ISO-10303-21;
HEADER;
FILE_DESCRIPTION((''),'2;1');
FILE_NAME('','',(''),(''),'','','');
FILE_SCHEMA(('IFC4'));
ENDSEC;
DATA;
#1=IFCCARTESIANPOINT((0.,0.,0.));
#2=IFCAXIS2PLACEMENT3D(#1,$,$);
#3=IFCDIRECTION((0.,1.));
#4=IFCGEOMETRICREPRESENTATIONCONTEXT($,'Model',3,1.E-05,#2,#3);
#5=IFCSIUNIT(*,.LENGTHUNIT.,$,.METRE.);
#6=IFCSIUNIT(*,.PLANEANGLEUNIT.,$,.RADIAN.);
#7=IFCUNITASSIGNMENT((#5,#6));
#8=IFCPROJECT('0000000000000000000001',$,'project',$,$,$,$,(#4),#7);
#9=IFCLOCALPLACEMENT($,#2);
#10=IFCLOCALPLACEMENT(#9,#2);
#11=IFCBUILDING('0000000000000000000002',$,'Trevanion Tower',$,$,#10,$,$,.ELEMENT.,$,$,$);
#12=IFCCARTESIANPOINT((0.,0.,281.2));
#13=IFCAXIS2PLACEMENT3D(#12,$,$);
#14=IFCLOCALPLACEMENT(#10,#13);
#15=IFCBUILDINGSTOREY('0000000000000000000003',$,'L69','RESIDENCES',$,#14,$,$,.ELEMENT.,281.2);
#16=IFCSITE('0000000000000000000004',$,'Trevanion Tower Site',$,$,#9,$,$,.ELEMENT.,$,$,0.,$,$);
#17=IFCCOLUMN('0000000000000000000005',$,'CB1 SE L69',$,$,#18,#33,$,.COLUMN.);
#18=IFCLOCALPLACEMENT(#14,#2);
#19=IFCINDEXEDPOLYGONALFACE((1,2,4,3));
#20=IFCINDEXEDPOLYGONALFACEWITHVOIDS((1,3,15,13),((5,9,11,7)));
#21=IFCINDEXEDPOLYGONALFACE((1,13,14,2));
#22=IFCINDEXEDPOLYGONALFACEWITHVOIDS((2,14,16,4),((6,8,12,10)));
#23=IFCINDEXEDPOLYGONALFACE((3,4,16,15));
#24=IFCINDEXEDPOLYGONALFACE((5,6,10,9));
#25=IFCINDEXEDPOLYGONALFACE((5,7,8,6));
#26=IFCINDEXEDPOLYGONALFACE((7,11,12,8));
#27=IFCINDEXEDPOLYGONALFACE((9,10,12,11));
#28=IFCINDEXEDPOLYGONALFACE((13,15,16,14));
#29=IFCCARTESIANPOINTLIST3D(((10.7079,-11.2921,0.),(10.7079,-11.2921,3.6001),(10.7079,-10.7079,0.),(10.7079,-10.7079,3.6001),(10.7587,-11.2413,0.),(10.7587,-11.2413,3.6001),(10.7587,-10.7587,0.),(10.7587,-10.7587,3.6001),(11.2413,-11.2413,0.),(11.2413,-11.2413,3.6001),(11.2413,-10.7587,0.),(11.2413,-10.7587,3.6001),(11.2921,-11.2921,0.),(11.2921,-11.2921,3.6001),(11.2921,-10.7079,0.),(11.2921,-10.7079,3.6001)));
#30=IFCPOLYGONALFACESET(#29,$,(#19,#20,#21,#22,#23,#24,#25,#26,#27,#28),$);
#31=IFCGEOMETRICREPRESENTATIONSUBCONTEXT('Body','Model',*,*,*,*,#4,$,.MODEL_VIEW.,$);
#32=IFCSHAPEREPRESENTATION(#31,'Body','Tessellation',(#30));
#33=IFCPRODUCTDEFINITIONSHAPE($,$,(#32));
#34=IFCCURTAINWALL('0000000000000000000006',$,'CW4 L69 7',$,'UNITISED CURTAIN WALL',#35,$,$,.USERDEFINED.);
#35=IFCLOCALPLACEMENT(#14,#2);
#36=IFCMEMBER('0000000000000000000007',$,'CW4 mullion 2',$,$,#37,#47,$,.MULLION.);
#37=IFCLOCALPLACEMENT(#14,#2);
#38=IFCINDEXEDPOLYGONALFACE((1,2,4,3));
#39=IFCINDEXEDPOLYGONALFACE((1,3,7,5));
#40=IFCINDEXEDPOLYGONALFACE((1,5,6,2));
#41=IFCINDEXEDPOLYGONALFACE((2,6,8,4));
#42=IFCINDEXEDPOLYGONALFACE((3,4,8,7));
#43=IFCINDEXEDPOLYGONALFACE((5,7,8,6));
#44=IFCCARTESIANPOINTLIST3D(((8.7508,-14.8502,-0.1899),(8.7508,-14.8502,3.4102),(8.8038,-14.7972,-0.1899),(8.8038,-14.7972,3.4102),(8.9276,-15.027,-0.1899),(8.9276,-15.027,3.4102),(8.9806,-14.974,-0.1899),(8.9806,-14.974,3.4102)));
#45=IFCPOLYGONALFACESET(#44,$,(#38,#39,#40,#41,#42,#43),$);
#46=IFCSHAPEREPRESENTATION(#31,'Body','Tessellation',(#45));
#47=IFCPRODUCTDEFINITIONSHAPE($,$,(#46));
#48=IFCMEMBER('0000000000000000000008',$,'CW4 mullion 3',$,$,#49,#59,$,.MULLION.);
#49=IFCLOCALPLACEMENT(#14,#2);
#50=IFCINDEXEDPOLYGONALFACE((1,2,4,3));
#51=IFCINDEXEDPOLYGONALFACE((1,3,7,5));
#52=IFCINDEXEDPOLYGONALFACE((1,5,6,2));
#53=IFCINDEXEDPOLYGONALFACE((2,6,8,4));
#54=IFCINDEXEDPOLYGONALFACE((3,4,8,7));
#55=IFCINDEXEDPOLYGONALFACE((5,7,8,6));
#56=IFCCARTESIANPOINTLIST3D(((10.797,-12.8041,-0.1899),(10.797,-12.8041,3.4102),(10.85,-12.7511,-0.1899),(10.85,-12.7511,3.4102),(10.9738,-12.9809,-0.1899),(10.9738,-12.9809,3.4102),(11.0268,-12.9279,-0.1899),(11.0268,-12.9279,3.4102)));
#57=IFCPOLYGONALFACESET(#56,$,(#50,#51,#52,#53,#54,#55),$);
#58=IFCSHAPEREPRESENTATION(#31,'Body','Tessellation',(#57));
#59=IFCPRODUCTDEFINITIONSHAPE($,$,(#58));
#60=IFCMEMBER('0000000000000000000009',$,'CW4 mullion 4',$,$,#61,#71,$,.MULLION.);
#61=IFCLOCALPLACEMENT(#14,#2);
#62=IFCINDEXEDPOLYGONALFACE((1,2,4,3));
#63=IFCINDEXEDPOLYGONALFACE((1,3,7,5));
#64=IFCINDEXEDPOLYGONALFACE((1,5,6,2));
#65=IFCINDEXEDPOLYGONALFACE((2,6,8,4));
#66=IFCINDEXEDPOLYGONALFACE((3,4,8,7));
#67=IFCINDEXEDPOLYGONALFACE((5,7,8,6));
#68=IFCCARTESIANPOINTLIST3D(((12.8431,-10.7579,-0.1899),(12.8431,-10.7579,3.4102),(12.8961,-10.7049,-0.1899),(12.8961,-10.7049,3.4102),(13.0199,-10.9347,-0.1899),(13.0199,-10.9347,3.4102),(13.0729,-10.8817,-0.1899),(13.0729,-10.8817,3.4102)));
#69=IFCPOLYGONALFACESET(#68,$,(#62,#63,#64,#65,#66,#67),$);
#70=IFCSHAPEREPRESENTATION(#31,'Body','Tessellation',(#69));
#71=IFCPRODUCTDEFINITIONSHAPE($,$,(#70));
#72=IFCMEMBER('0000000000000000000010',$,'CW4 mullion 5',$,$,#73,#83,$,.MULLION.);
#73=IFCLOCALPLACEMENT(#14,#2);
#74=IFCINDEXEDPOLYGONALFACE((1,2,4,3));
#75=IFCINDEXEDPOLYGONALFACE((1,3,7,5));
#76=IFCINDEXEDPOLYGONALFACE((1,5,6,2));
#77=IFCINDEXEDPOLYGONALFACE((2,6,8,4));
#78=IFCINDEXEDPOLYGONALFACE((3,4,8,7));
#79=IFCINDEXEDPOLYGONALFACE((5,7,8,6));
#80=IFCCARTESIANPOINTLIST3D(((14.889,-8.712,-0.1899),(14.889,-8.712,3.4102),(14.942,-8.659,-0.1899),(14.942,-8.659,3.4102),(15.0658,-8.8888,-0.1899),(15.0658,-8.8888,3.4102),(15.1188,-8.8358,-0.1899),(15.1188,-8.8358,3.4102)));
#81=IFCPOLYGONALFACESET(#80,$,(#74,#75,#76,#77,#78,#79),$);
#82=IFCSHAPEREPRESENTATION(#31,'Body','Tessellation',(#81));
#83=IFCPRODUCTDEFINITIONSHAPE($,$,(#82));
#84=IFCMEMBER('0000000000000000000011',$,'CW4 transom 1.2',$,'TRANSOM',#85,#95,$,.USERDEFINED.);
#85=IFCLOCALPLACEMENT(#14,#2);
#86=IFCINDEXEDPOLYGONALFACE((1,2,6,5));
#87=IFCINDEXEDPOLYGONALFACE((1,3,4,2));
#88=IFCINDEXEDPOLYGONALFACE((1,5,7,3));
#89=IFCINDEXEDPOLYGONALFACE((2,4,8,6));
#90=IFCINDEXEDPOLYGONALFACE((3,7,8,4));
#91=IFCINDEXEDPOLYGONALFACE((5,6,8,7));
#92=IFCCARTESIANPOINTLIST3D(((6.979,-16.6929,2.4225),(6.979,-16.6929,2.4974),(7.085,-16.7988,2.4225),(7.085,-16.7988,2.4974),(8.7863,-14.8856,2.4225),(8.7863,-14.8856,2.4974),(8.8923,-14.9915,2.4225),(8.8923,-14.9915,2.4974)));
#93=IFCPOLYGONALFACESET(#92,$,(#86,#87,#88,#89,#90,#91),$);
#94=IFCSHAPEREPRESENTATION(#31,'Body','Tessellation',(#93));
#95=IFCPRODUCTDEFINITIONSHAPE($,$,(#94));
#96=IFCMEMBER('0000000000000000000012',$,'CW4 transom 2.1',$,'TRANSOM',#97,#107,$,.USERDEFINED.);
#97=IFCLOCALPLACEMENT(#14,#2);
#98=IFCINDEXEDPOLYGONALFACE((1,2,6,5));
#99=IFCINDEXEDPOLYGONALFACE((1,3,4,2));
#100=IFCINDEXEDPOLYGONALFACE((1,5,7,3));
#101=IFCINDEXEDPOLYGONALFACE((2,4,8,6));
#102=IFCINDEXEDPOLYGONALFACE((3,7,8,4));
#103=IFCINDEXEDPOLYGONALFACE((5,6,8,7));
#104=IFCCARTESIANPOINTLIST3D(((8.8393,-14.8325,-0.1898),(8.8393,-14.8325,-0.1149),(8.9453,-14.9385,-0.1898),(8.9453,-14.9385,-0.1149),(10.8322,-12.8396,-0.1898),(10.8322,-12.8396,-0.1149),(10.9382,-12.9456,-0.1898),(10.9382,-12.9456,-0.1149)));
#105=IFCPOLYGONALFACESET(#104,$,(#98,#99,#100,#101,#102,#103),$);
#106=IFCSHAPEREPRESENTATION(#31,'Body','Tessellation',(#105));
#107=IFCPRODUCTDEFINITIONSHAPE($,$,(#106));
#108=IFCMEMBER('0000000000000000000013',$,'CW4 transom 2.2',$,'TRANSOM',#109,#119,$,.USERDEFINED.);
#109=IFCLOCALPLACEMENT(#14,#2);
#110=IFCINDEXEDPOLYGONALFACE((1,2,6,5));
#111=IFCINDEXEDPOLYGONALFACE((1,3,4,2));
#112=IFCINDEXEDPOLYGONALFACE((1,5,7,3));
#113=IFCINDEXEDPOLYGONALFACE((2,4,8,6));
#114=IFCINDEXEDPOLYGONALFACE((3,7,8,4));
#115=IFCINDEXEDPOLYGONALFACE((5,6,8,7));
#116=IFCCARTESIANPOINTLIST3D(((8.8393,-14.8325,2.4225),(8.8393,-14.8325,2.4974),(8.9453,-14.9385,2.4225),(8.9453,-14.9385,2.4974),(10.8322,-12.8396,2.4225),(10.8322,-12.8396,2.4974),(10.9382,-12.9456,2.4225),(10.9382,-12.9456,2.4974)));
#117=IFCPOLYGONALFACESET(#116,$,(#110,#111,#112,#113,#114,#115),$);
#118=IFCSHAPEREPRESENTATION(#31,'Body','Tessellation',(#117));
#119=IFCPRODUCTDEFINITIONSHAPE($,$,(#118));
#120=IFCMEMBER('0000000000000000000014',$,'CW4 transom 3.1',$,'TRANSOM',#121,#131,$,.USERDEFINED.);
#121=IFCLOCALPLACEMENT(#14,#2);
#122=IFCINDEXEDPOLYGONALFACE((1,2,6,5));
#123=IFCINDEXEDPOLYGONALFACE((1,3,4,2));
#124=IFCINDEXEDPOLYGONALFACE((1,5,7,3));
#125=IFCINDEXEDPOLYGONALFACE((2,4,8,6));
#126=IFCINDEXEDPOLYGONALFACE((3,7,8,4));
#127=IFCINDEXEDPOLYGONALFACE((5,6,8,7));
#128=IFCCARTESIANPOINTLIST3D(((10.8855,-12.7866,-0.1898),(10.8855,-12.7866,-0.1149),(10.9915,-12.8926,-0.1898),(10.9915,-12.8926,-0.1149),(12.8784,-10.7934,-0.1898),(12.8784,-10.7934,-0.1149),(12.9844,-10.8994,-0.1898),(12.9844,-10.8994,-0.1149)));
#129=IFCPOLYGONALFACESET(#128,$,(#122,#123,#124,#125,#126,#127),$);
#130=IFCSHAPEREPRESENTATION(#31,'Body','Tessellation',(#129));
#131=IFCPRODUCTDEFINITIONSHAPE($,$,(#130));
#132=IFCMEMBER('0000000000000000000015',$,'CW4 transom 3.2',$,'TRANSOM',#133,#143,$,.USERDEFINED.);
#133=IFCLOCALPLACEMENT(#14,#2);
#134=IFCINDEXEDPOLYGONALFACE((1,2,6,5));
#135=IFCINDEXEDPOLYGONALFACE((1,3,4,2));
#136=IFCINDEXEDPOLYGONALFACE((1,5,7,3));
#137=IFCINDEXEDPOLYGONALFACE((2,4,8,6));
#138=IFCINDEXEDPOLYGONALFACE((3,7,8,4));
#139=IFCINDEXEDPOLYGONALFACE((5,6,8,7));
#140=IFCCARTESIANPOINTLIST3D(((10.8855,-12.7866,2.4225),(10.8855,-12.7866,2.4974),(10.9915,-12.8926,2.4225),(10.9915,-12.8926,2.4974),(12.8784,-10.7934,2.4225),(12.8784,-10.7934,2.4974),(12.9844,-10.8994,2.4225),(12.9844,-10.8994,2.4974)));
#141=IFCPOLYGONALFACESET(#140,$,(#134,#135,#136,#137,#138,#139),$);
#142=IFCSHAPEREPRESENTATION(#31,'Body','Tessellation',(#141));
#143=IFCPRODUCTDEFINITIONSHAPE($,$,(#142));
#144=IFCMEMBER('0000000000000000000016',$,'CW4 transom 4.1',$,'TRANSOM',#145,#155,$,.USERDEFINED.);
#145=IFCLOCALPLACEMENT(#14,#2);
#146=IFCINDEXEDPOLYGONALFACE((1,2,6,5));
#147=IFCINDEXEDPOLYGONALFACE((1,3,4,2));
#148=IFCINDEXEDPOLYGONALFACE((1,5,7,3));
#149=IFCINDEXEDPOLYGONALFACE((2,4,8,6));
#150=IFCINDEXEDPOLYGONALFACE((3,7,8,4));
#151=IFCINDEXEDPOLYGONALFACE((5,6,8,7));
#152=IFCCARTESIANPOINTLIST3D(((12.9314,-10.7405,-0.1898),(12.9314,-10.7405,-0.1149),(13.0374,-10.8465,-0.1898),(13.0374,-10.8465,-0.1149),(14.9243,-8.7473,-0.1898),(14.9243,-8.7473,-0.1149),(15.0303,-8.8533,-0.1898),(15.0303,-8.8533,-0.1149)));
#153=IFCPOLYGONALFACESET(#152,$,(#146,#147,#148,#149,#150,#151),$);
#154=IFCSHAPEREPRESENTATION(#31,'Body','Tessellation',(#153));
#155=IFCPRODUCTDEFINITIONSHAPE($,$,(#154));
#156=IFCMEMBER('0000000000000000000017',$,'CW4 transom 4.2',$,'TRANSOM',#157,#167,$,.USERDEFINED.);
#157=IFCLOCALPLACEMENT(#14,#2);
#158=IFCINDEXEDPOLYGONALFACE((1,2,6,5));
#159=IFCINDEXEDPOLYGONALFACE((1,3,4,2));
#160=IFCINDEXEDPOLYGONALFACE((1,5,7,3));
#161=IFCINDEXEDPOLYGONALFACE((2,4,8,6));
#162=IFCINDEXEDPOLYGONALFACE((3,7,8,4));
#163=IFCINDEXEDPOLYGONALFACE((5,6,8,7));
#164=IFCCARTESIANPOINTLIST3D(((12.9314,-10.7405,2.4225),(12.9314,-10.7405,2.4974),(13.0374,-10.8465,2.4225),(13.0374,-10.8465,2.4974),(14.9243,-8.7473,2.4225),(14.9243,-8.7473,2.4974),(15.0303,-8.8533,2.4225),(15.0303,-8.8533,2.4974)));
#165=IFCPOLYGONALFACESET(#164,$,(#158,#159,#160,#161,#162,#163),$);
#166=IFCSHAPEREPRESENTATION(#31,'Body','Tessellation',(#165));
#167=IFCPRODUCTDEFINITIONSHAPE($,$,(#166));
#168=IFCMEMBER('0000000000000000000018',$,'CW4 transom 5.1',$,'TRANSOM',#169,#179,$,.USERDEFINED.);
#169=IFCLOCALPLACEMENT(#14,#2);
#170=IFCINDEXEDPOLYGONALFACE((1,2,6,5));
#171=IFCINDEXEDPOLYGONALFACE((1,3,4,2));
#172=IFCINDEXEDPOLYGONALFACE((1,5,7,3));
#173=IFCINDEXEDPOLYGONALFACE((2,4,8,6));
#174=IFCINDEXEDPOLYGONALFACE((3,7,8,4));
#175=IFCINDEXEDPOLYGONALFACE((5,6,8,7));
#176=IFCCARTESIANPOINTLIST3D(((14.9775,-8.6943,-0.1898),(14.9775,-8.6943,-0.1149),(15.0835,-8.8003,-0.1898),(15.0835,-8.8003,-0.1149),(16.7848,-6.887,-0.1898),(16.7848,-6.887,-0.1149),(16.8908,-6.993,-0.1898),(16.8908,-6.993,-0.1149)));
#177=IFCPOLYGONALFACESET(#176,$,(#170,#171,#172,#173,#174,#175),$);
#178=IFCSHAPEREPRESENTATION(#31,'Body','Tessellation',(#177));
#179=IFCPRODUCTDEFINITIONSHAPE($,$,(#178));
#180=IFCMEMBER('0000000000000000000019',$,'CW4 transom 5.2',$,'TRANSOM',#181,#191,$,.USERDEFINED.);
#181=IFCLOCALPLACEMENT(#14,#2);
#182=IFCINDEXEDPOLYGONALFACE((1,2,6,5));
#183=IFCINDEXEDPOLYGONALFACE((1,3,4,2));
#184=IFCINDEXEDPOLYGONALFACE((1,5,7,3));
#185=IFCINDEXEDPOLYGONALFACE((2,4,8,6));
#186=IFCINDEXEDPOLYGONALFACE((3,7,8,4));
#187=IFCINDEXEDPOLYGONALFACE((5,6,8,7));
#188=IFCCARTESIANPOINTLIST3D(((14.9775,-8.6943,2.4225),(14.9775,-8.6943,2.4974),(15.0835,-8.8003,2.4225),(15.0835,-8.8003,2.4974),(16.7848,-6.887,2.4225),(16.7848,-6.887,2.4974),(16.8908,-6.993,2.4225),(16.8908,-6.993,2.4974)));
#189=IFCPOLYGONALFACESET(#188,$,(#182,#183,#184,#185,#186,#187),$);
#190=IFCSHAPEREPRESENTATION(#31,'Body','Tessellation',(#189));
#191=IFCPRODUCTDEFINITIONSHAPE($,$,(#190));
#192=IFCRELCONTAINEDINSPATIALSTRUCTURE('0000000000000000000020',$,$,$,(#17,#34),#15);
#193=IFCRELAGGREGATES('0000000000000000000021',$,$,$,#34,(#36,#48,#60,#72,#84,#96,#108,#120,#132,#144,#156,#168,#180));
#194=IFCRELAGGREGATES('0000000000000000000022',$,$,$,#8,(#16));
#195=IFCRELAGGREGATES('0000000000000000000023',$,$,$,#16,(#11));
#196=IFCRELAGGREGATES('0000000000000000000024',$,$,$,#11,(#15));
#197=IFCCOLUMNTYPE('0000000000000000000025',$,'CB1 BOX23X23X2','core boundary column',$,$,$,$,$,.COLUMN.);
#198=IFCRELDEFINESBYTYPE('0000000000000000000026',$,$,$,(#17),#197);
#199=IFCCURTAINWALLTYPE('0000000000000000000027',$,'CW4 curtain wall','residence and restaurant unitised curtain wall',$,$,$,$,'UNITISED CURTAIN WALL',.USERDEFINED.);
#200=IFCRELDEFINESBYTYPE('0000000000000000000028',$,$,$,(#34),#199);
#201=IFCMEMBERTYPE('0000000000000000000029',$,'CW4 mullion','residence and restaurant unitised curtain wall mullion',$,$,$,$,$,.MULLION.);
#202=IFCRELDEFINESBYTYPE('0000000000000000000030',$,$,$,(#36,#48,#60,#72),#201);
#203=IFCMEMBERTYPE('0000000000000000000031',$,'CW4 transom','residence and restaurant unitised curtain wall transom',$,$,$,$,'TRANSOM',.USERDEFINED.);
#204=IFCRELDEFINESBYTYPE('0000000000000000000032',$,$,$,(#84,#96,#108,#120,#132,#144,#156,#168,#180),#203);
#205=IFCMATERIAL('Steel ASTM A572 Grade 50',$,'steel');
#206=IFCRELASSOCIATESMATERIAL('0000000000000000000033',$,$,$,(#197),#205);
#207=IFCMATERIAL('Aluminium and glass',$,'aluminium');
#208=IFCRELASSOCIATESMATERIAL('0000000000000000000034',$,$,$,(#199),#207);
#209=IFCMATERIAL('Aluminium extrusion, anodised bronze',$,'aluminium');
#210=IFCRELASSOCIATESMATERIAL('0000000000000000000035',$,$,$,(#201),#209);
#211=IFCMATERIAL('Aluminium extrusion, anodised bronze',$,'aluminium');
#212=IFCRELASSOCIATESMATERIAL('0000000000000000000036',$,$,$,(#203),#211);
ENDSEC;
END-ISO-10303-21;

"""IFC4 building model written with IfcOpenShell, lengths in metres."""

from ifc_helpers import new_model, si_unit, direction, frame, origin, origin_2d, place, context, subcontext, project, spatial, rectangle, hollow_rectangle, extrude, material, material_profile, profile_set, type_object, element, aggregate, save


model = new_model("IFC4")

# Units and contexts
model_context = context("Model", 3, precision=1e-05, world=origin(), true_north=direction((0.0, 1.0)))
body_context = subcontext(model_context, "Body", "Model", "MODEL_VIEW")
ifc_project = project(units=[si_unit("LENGTHUNIT", "METRE"), si_unit("PLANEANGLEUNIT", "RADIAN")], contexts=[model_context])

# Site, building, storey
site_placement = place(None, origin())
site = spatial("IfcSite", under=ifc_project, at=site_placement, Name="Trevanion Tower Site", CompositionType="ELEMENT", RefElevation=0.0)
building_placement = place(site_placement, origin())
building = spatial("IfcBuilding", under=site, at=building_placement, Name="Trevanion Tower", CompositionType="ELEMENT")
storey_placement = place(building_placement, frame((0.0, 0.0, 281.2)))
storey = spatial("IfcBuildingStorey", under=building, at=storey_placement, Name="L69", Description="RESIDENCES", CompositionType="ELEMENT", Elevation=281.2)

# Column
ifc_material_1 = material(Name="Steel ASTM A572 Grade 50", Category="steel")
ifc_material_profile_1 = material_profile(ifc_material_1, hollow_rectangle(XDim=0.5842, YDim=0.5842, WallThickness=0.0508, at=origin_2d()), Name="BOX23X23X2")
ifc_profile_set_1 = profile_set([ifc_material_profile_1], Name="Steel ASTM A572 Grade 50")
column_type = type_object("IfcColumnType", Name="CB1 BOX23X23X2", Description="core boundary column", PredefinedType="COLUMN", material=ifc_profile_set_1)
column_placement = place(storey_placement, frame((11.0, -11.0, 0.0), z_axis=(0.0, 0.0, 1.0), x_axis=(1.0, 0.0, 0.0)))
element("IfcColumn", 1, at=column_placement, inside=storey, type_object=column_type, Name="CB1 SE L69", PredefinedType="COLUMN", context=body_context, shape_type="SweptSolid", body=[
    extrude(hollow_rectangle(XDim=0.5842, YDim=0.5842, WallThickness=0.0508, at=origin_2d()), origin(), (0.0, 0.0, 1.0), 3.6001),
])

# Curtain wall, members
ifc_material_2 = material(Name="Aluminium and glass", Category="aluminium")
curtain_wall_type = type_object("IfcCurtainWallType", Name="CW4 curtain wall", Description="residence and restaurant unitised curtain wall", ElementType="UNITISED CURTAIN WALL", PredefinedType="USERDEFINED", material=ifc_material_2)
curtain_wall_placement = place(storey_placement, origin())
curtain_wall = element("IfcCurtainWall", 2, at=curtain_wall_placement, inside=storey, type_object=curtain_wall_type, Name="CW4 L69 7", ObjectType="UNITISED CURTAIN WALL", PredefinedType="USERDEFINED")
ifc_material_3 = material(Name="Aluminium extrusion, anodised bronze", Category="aluminium")
ifc_material_profile_2 = material_profile(ifc_material_3, rectangle(XDim=0.075, YDim=0.25, at=origin_2d()), Name="CW4 mullion")
ifc_profile_set_2 = profile_set([ifc_material_profile_2], Name="Aluminium extrusion, anodised bronze")
member_type_1 = type_object("IfcMemberType", Name="CW4 mullion", Description="residence and restaurant unitised curtain wall mullion", PredefinedType="MULLION", material=ifc_profile_set_2)
member_1_placement = place(storey_placement, frame((8.8657, -14.9121, -0.1899), z_axis=(0.0, 0.0, 1.0), x_axis=(0.707107, 0.707107, 0.0)))
member_1 = element("IfcMember", 3, at=member_1_placement, type_object=member_type_1, Name="CW4 mullion 2", PredefinedType="MULLION", context=body_context, shape_type="SweptSolid", body=[
    extrude(rectangle(XDim=0.075, YDim=0.25, at=origin_2d()), origin(), (0.0, 0.0, 1.0), 3.6001),
])
member_2_placement = place(storey_placement, frame((10.9119, -12.866, -0.1899), z_axis=(0.0, 0.0, 1.0), x_axis=(0.707107, 0.707107, 0.0)))
member_2 = element("IfcMember", 4, at=member_2_placement, type_object=member_type_1, Name="CW4 mullion 3", PredefinedType="MULLION", context=body_context, shape_type="SweptSolid", body=[
    extrude(rectangle(XDim=0.075, YDim=0.25, at=origin_2d()), origin(), (0.0, 0.0, 1.0), 3.6001),
])
member_3_placement = place(storey_placement, frame((12.958, -10.8198, -0.1899), z_axis=(0.0, 0.0, 1.0), x_axis=(0.707107, 0.707107, 0.0)))
member_3 = element("IfcMember", 5, at=member_3_placement, type_object=member_type_1, Name="CW4 mullion 4", PredefinedType="MULLION", context=body_context, shape_type="SweptSolid", body=[
    extrude(rectangle(XDim=0.075, YDim=0.25, at=origin_2d()), origin(), (0.0, 0.0, 1.0), 3.6001),
])
member_4_placement = place(storey_placement, frame((15.0039, -8.7739, -0.1899), z_axis=(0.0, 0.0, 1.0), x_axis=(0.707107, 0.707107, 0.0)))
member_4 = element("IfcMember", 6, at=member_4_placement, type_object=member_type_1, Name="CW4 mullion 5", PredefinedType="MULLION", context=body_context, shape_type="SweptSolid", body=[
    extrude(rectangle(XDim=0.075, YDim=0.25, at=origin_2d()), origin(), (0.0, 0.0, 1.0), 3.6001),
])
ifc_material_4 = material(Name="Aluminium extrusion, anodised bronze", Category="aluminium")
ifc_material_profile_3 = material_profile(ifc_material_4, rectangle(XDim=0.1499, YDim=0.075, at=origin_2d()), Name="CW4 transom")
ifc_profile_set_3 = profile_set([ifc_material_profile_3], Name="Aluminium extrusion, anodised bronze")
member_type_2 = type_object("IfcMemberType", Name="CW4 transom", Description="residence and restaurant unitised curtain wall transom", ElementType="TRANSOM", PredefinedType="USERDEFINED", material=ifc_profile_set_3)
member_5_placement = place(storey_placement, frame((7.032, -16.7458, 2.46), z_axis=(0.707107, 0.707107, 0.0), x_axis=(-0.707107, 0.707107, 0.0)))
member_5 = element("IfcMember", 7, at=member_5_placement, type_object=member_type_2, Name="CW4 transom 1.2", ObjectType="TRANSOM", PredefinedType="USERDEFINED", context=body_context, shape_type="SweptSolid", body=[
    extrude(rectangle(XDim=0.1499, YDim=0.075, at=origin_2d()), origin(), (0.0, 0.0, 1.0), 2.5559),
])
member_6_placement = place(storey_placement, frame((8.8923, -14.8855, -0.1523), z_axis=(0.707107, 0.707107, 0.0), x_axis=(-0.707107, 0.707107, 0.0)))
member_6 = element("IfcMember", 8, at=member_6_placement, type_object=member_type_2, Name="CW4 transom 2.1", ObjectType="TRANSOM", PredefinedType="USERDEFINED", context=body_context, shape_type="SweptSolid", body=[
    extrude(rectangle(XDim=0.1499, YDim=0.075, at=origin_2d()), origin(), (0.0, 0.0, 1.0), 2.8184),
])
member_7_placement = place(storey_placement, frame((8.8923, -14.8855, 2.46), z_axis=(0.707107, 0.707107, 0.0), x_axis=(-0.707107, 0.707107, 0.0)))
member_7 = element("IfcMember", 9, at=member_7_placement, type_object=member_type_2, Name="CW4 transom 2.2", ObjectType="TRANSOM", PredefinedType="USERDEFINED", context=body_context, shape_type="SweptSolid", body=[
    extrude(rectangle(XDim=0.1499, YDim=0.075, at=origin_2d()), origin(), (0.0, 0.0, 1.0), 2.8184),
])
member_8_placement = place(storey_placement, frame((10.9385, -12.8396, -0.1523), z_axis=(0.707063, 0.70715, 0.0), x_axis=(-0.70715, 0.707063, 0.0)))
member_8 = element("IfcMember", 10, at=member_8_placement, type_object=member_type_2, Name="CW4 transom 3.1", ObjectType="TRANSOM", PredefinedType="USERDEFINED", context=body_context, shape_type="SweptSolid", body=[
    extrude(rectangle(XDim=0.1499, YDim=0.075, at=origin_2d()), origin(), (0.0, 0.0, 1.0), 2.8186),
])
member_9_placement = place(storey_placement, frame((10.9385, -12.8396, 2.46), z_axis=(0.707063, 0.70715, 0.0), x_axis=(-0.70715, 0.707063, 0.0)))
member_9 = element("IfcMember", 11, at=member_9_placement, type_object=member_type_2, Name="CW4 transom 3.2", ObjectType="TRANSOM", PredefinedType="USERDEFINED", context=body_context, shape_type="SweptSolid", body=[
    extrude(rectangle(XDim=0.1499, YDim=0.075, at=origin_2d()), origin(), (0.0, 0.0, 1.0), 2.8186),
])
member_10_placement = place(storey_placement, frame((12.9844, -10.7935, -0.1523), z_axis=(0.707063, 0.70715, 0.0), x_axis=(-0.70715, 0.707063, 0.0)))
member_10 = element("IfcMember", 12, at=member_10_placement, type_object=member_type_2, Name="CW4 transom 4.1", ObjectType="TRANSOM", PredefinedType="USERDEFINED", context=body_context, shape_type="SweptSolid", body=[
    extrude(rectangle(XDim=0.1499, YDim=0.075, at=origin_2d()), origin(), (0.0, 0.0, 1.0), 2.8186),
])
member_11_placement = place(storey_placement, frame((12.9844, -10.7935, 2.46), z_axis=(0.707063, 0.70715, 0.0), x_axis=(-0.70715, 0.707063, 0.0)))
member_11 = element("IfcMember", 13, at=member_11_placement, type_object=member_type_2, Name="CW4 transom 4.2", ObjectType="TRANSOM", PredefinedType="USERDEFINED", context=body_context, shape_type="SweptSolid", body=[
    extrude(rectangle(XDim=0.1499, YDim=0.075, at=origin_2d()), origin(), (0.0, 0.0, 1.0), 2.8186),
])
member_12_placement = place(storey_placement, frame((15.0305, -8.7473, -0.1523), z_axis=(0.707107, 0.707107, 0.0), x_axis=(-0.707107, 0.707107, 0.0)))
member_12 = element("IfcMember", 14, at=member_12_placement, type_object=member_type_2, Name="CW4 transom 5.1", ObjectType="TRANSOM", PredefinedType="USERDEFINED", context=body_context, shape_type="SweptSolid", body=[
    extrude(rectangle(XDim=0.1499, YDim=0.075, at=origin_2d()), origin(), (0.0, 0.0, 1.0), 2.5559),
])
member_13_placement = place(storey_placement, frame((15.0305, -8.7473, 2.46), z_axis=(0.707107, 0.707107, 0.0), x_axis=(-0.707107, 0.707107, 0.0)))
member_13 = element("IfcMember", 15, at=member_13_placement, type_object=member_type_2, Name="CW4 transom 5.2", ObjectType="TRANSOM", PredefinedType="USERDEFINED", context=body_context, shape_type="SweptSolid", body=[
    extrude(rectangle(XDim=0.1499, YDim=0.075, at=origin_2d()), origin(), (0.0, 0.0, 1.0), 2.5559),
])

aggregate(curtain_wall, [member_1, member_2, member_3, member_4, member_5, member_6, member_7, member_8, member_9, member_10, member_11, member_12, member_13])

save(model, "model.ifc")
